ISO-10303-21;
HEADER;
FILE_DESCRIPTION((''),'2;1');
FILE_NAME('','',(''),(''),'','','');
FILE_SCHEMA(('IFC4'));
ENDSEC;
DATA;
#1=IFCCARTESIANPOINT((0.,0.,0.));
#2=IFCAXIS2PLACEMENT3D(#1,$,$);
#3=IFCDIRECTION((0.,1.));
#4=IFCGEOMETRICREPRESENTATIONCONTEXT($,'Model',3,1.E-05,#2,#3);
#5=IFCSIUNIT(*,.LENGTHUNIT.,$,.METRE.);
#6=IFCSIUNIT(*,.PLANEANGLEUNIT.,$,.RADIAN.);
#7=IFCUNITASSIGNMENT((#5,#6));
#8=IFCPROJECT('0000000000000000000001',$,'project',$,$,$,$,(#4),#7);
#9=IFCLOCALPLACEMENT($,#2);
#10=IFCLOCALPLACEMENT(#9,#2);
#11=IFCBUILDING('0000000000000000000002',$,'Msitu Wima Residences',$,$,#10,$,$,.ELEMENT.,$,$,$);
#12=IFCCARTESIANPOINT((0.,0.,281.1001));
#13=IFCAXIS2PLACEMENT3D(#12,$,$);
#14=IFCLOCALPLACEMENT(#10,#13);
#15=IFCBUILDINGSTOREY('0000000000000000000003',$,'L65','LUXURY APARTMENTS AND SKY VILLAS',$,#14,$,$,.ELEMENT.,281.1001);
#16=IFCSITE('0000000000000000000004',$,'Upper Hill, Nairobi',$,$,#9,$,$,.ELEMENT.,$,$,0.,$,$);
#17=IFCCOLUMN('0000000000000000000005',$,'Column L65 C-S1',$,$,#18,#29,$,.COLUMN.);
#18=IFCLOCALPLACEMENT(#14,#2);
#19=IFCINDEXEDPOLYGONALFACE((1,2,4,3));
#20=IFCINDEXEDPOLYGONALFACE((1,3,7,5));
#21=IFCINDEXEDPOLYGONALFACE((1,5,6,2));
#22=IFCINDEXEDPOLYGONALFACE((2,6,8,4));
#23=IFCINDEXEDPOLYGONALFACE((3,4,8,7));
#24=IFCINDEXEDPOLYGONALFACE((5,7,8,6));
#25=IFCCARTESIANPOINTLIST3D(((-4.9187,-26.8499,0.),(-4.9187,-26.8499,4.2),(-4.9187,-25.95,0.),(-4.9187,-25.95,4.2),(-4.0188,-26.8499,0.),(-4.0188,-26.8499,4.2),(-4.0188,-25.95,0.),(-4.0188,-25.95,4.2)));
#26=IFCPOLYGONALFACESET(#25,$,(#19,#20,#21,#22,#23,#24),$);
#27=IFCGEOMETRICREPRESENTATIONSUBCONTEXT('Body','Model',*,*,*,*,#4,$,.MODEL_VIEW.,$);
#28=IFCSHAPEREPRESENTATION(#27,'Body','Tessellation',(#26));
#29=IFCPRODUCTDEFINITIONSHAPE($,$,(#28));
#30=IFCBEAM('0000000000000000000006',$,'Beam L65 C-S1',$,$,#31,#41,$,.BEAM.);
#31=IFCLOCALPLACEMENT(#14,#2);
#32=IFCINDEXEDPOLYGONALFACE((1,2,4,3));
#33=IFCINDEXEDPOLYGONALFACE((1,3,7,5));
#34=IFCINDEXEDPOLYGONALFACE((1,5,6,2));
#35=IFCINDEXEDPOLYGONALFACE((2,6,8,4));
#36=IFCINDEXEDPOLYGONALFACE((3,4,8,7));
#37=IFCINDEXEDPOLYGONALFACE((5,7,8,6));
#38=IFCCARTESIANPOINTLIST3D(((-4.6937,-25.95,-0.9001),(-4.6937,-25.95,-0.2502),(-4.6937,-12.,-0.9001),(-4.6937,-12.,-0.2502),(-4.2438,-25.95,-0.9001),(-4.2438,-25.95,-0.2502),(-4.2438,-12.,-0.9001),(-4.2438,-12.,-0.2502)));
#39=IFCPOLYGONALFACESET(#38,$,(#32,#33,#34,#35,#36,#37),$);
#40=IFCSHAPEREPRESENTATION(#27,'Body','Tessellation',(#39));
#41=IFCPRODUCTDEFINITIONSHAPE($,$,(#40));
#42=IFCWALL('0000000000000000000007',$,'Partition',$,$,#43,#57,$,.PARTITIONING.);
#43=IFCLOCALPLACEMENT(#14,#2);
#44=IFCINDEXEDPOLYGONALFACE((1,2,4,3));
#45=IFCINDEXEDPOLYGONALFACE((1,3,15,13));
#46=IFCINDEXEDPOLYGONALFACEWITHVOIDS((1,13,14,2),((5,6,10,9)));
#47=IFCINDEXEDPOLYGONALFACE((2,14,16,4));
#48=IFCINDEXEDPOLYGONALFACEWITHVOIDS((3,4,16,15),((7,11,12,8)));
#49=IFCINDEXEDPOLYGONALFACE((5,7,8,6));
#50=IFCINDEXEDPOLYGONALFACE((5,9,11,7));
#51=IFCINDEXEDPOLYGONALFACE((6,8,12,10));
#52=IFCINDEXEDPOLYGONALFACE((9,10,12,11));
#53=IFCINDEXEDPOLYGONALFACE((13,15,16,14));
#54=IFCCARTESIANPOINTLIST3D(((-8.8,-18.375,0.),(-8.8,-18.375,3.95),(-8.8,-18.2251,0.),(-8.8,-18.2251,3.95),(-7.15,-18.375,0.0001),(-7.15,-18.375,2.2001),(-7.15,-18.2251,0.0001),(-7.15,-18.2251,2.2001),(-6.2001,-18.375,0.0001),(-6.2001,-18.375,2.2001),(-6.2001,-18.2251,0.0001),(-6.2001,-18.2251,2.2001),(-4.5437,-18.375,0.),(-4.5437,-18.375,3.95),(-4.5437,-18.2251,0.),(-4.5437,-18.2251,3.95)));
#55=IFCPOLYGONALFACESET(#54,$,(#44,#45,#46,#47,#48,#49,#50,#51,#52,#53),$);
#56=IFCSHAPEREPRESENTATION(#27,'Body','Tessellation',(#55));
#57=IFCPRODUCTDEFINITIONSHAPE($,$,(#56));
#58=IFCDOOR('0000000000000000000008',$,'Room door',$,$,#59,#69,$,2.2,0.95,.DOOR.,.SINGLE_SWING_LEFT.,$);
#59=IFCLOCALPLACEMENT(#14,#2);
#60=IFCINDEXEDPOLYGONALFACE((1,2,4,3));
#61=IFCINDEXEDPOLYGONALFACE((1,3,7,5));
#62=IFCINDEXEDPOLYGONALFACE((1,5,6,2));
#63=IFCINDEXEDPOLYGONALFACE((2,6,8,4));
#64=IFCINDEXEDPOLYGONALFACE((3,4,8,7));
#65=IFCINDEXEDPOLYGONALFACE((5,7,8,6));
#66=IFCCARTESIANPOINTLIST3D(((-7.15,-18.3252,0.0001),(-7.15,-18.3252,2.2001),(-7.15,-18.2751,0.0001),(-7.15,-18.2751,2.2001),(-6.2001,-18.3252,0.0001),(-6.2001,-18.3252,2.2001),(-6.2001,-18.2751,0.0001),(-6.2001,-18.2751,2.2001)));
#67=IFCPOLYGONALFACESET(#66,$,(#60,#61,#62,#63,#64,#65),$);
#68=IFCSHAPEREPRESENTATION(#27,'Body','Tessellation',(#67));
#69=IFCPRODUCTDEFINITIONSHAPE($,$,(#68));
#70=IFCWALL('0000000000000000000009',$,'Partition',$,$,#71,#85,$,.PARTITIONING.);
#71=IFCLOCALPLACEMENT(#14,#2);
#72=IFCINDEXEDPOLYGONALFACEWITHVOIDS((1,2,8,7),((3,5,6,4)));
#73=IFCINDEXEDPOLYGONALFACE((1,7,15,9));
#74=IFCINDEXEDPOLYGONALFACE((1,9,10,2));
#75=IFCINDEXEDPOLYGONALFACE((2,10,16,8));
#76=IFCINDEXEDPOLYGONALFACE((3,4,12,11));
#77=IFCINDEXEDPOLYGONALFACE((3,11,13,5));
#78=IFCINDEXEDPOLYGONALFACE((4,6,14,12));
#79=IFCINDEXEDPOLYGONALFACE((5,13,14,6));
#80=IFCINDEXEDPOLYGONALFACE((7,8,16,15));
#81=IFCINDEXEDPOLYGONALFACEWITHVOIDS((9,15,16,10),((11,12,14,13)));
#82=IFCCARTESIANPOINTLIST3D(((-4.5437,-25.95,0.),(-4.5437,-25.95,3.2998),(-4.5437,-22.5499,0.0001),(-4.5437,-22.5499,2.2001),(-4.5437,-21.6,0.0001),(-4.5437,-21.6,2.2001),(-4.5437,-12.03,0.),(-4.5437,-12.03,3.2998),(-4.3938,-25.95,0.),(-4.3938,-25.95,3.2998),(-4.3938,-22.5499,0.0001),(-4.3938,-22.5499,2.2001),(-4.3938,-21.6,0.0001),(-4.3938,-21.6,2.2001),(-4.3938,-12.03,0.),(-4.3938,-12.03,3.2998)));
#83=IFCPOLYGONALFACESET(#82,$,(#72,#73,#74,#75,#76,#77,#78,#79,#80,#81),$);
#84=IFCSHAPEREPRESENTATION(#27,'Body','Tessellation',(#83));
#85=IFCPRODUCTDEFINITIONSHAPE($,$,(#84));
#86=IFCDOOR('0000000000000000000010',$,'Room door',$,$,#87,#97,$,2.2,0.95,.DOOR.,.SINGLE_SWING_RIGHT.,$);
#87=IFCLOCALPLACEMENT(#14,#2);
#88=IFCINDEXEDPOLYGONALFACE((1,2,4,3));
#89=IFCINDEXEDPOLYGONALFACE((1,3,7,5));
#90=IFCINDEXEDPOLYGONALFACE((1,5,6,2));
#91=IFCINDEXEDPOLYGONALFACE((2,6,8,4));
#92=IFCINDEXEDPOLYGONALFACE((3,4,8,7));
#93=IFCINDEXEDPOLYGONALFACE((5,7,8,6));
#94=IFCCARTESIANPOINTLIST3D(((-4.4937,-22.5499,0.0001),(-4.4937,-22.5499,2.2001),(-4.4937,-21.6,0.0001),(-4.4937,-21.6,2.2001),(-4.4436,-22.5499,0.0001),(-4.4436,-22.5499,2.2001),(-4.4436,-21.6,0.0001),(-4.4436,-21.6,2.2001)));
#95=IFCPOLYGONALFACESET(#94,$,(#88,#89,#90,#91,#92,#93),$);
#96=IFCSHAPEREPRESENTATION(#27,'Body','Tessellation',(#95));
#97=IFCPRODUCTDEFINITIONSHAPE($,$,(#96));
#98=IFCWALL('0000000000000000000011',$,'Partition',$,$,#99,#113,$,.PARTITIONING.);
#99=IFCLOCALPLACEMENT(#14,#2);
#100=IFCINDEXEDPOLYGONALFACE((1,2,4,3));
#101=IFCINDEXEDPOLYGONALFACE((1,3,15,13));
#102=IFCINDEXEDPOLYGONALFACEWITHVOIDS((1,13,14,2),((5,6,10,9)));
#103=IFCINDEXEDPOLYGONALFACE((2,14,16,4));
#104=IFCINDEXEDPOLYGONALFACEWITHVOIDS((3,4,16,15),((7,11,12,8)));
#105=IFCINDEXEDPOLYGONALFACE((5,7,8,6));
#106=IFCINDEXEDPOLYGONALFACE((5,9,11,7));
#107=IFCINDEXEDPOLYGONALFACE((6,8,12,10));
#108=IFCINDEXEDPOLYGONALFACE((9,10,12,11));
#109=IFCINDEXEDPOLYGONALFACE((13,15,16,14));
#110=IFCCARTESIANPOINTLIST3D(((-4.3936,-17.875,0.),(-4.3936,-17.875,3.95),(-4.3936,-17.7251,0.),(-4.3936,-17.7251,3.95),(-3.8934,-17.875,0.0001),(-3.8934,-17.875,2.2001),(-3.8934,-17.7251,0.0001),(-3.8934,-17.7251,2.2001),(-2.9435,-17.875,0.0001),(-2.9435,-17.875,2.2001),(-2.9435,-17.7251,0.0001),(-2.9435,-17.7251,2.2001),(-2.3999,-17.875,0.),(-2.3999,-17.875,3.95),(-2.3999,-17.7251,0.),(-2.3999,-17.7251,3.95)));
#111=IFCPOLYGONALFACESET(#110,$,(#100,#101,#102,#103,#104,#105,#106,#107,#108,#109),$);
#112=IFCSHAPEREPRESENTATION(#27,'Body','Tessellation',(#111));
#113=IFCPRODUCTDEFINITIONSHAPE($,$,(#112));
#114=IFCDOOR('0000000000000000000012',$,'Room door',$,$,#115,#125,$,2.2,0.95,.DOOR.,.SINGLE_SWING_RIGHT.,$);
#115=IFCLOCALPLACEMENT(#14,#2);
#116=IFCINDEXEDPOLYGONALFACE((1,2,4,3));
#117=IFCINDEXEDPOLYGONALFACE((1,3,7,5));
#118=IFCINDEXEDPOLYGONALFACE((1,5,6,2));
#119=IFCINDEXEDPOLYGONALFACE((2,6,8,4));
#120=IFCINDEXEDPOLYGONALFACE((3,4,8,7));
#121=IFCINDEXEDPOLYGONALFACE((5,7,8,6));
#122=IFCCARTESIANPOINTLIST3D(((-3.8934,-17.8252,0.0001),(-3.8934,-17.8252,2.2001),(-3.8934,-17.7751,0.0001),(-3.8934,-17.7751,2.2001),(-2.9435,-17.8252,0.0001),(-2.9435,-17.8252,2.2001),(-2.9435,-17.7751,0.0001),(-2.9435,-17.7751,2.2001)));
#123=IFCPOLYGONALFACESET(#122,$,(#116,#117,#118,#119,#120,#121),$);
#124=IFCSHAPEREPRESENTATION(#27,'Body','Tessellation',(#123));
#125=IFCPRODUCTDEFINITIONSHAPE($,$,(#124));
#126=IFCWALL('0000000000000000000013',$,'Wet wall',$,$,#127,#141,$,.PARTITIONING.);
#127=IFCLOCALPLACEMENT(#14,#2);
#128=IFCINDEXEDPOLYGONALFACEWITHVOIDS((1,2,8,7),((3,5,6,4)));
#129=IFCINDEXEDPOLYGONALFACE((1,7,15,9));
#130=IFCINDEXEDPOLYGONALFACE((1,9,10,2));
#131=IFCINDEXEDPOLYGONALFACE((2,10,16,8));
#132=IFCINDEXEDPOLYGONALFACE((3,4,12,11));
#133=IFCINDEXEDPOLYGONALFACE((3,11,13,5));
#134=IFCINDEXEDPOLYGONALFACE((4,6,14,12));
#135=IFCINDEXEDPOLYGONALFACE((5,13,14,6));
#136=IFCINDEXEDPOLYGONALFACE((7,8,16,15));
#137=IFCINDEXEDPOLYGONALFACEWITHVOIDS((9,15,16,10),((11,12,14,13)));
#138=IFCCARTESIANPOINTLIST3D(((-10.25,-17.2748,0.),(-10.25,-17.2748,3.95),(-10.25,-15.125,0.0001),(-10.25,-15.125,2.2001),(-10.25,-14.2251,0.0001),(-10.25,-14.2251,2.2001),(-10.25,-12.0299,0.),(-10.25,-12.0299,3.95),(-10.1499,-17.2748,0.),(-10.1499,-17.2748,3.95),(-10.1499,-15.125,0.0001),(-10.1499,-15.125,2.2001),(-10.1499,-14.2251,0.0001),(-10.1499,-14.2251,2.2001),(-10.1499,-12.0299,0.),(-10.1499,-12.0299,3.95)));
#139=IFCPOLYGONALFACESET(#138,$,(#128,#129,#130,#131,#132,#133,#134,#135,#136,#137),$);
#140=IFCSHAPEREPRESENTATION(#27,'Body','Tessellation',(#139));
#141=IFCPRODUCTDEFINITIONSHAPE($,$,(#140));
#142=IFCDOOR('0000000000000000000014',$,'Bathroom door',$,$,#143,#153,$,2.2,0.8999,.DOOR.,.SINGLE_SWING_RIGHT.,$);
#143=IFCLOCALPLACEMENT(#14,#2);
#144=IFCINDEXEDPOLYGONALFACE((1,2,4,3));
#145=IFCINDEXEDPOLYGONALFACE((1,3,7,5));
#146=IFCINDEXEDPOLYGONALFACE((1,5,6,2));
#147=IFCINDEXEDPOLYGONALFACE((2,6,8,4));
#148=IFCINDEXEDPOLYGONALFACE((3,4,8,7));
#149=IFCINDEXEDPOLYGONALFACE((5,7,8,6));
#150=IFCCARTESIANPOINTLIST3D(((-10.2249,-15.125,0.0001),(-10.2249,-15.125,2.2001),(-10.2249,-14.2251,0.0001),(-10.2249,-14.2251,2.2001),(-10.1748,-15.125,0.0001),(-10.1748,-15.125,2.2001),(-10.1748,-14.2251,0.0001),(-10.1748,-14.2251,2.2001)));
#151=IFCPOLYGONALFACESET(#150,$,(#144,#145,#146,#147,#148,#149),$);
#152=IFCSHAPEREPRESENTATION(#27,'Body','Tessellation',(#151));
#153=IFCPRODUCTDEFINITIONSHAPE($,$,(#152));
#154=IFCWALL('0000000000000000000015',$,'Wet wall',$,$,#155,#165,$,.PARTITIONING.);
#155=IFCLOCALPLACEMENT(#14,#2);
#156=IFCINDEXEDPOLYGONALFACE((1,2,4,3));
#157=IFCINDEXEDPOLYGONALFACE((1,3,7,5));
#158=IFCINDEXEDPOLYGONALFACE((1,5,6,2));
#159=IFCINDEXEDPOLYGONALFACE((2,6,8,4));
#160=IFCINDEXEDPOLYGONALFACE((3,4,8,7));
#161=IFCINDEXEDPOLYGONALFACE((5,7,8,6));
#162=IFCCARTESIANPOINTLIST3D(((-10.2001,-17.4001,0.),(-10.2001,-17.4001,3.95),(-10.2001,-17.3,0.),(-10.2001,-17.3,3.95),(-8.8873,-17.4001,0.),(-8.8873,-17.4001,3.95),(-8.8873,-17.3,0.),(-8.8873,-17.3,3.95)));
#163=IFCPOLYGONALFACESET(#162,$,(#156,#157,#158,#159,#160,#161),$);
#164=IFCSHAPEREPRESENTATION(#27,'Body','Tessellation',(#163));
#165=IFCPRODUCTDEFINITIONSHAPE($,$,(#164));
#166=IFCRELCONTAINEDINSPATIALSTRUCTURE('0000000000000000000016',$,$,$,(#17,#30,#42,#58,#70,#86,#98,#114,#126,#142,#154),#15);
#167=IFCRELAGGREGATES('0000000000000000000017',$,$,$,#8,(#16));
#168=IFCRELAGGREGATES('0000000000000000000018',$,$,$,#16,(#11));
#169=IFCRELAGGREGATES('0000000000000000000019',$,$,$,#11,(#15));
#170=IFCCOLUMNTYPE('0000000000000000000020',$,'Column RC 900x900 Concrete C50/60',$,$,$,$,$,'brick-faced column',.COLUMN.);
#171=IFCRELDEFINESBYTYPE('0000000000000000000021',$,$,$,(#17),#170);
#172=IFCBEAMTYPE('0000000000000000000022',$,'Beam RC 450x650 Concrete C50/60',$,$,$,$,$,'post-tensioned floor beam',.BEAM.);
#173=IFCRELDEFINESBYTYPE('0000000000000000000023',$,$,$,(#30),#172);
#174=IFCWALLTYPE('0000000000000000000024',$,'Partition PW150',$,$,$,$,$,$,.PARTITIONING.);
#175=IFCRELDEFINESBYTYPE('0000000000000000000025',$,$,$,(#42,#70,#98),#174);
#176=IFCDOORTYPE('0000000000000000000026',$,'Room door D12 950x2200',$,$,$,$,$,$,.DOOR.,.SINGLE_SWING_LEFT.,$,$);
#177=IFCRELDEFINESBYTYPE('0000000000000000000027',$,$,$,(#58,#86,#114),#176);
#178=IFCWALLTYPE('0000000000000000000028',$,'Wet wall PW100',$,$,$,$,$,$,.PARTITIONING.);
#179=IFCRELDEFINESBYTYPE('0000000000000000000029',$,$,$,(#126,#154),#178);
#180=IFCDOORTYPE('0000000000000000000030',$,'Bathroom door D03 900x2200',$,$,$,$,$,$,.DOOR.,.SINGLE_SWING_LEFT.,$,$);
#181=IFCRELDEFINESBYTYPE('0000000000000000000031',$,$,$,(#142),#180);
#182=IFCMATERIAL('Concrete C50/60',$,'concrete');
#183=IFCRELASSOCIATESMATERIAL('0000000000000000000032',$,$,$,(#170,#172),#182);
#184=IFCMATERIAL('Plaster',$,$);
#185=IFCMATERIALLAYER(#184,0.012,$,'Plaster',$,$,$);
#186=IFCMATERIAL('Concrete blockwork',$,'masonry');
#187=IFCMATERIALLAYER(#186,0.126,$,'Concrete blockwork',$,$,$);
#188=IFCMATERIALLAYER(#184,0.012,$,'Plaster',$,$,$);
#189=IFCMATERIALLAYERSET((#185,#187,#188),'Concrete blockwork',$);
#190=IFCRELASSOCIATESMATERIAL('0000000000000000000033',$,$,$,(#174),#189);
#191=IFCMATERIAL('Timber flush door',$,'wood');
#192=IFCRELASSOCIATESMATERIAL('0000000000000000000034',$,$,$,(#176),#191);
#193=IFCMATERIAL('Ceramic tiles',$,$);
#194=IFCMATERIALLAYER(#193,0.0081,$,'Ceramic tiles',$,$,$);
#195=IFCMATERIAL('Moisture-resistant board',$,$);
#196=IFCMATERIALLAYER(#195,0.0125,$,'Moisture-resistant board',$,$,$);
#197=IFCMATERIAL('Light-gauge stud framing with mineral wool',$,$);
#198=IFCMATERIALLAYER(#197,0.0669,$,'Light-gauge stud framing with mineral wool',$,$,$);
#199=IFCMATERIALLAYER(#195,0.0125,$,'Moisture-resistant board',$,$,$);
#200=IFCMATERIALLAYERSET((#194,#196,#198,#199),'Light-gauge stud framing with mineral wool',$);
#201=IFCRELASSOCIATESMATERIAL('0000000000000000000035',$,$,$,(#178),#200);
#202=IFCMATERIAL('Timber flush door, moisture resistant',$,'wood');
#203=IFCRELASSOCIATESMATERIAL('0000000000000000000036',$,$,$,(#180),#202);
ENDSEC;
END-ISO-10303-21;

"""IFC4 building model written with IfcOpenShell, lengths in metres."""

from ifc_helpers import new_model, si_unit, direction, frame, frame_2d, origin, origin_2d, place, context, subcontext, project, spatial, rectangle, extrude, material, layer, layer_set, material_profile, profile_set, type_object, element, fill, save


model = new_model("IFC4")

# Units and contexts
model_context = context("Model", 3, precision=1e-05, world=origin(), true_north=direction((0.0, 1.0)))
body_context = subcontext(model_context, "Body", "Model", "MODEL_VIEW")
ifc_project = project(units=[si_unit("LENGTHUNIT", "METRE"), si_unit("PLANEANGLEUNIT", "RADIAN")], contexts=[model_context])

# Site, building, storey
site_placement = place(None, origin())
site = spatial("IfcSite", under=ifc_project, at=site_placement, Name="Upper Hill, Nairobi", CompositionType="ELEMENT", RefElevation=0.0)
building_placement = place(site_placement, origin())
building = spatial("IfcBuilding", under=site, at=building_placement, Name="Msitu Wima Residences", CompositionType="ELEMENT")
storey_placement = place(building_placement, frame((0.0, 0.0, 281.1001)))
storey = spatial("IfcBuildingStorey", under=building, at=storey_placement, Name="L65", Description="LUXURY APARTMENTS AND SKY VILLAS", CompositionType="ELEMENT", Elevation=281.1001)

# Column
ifc_material_1 = material(Name="Concrete C50/60", Category="concrete")
ifc_material_profile_1 = material_profile(ifc_material_1, rectangle(XDim=0.8999, YDim=0.8999, at=origin_2d()), Name="RC 900x900")
ifc_profile_set_1 = profile_set([ifc_material_profile_1], Name="Concrete C50/60")
column_type = type_object("IfcColumnType", Name="Column RC 900x900 Concrete C50/60", ElementType="brick-faced column", PredefinedType="COLUMN", material=ifc_profile_set_1)
column_placement = place(storey_placement, frame((-4.4688, -26.3999, 0.0), z_axis=(0.0, 0.0, 1.0), x_axis=(1.0, 0.0, 0.0)))
element("IfcColumn", 1, at=column_placement, inside=storey, type_object=column_type, Name="Column L65 C-S1", PredefinedType="COLUMN", context=body_context, shape_type="SweptSolid", body=[
    extrude(rectangle(XDim=0.8999, YDim=0.8999, at=origin_2d()), origin(), (0.0, 0.0, 1.0), 4.2),
])

# Beam
ifc_material_profile_2 = material_profile(ifc_material_1, rectangle(XDim=0.45, YDim=0.6499, at=origin_2d()), Name="RC 450x650")
ifc_profile_set_2 = profile_set([ifc_material_profile_2], Name="Concrete C50/60")
beam_type = type_object("IfcBeamType", Name="Beam RC 450x650 Concrete C50/60", ElementType="post-tensioned floor beam", PredefinedType="BEAM", material=ifc_profile_set_2)
beam_placement = place(storey_placement, frame((-4.4688, -25.95, -0.5752), z_axis=(0.0, 1.0, 0.0), x_axis=(-1.0, 0.0, 0.0)))
element("IfcBeam", 2, at=beam_placement, inside=storey, type_object=beam_type, Name="Beam L65 C-S1", PredefinedType="BEAM", context=body_context, shape_type="SweptSolid", body=[
    extrude(rectangle(XDim=0.45, YDim=0.6499, at=origin_2d()), origin(), (0.0, 0.0, 1.0), 13.95),
])

# Walls, openings, doors
ifc_material_2 = material(Name="Plaster")
ifc_layer_1 = layer(ifc_material_2, 0.012, Name="Plaster")
ifc_material_3 = material(Name="Concrete blockwork", Category="masonry")
ifc_layer_2 = layer(ifc_material_3, 0.126, Name="Concrete blockwork")
ifc_layer_3 = layer(ifc_material_2, 0.012, Name="Plaster")
ifc_layer_set_1 = layer_set([ifc_layer_1, ifc_layer_2, ifc_layer_3], Name="Concrete blockwork")
wall_type_1 = type_object("IfcWallType", Name="Partition PW150", PredefinedType="PARTITIONING", material=ifc_layer_set_1)
wall_1_placement = place(storey_placement, frame((-8.8, -18.3, 0.0), z_axis=(0.0, 0.0, 1.0), x_axis=(1.0, 0.0, 0.0)))
wall_1 = element("IfcWall", 3, at=wall_1_placement, inside=storey, type_object=wall_type_1, Name="Partition", PredefinedType="PARTITIONING", context=body_context, shape_type="SweptSolid", body=[
    extrude(rectangle(XDim=4.2563, YDim=0.1499, at=frame_2d((2.1282, 0.0))), origin(), (0.0, 0.0, 1.0), 3.95),
])
opening_1_placement = place(wall_1_placement, frame((1.6499, 0.0, 0.0)))
opening_1 = element("IfcOpeningElement", 4, at=opening_1_placement, cuts=wall_1, PredefinedType="OPENING", context=body_context, shape_type="SweptSolid", body=[
    extrude(rectangle(XDim=0.95, YDim=2.2, at=frame_2d((0.4751, 1.1001))), frame((0.0, 0.085, 0.0), z_axis=(0.0, -1.0, 0.0), x_axis=(1.0, 0.0, 0.0)), (0.0, 0.0, 1.0), 0.1699),
])
ifc_material_4 = material(Name="Timber flush door", Category="wood")
door_type_1 = type_object("IfcDoorType", Name="Room door D12 950x2200", OperationType="SINGLE_SWING_LEFT", PredefinedType="DOOR", material=ifc_material_4)
door_1_placement = place(opening_1_placement, origin())
door_1 = element("IfcDoor", 5, at=door_1_placement, inside=storey, type_object=door_type_1, Name="Room door", OperationType="SINGLE_SWING_LEFT", OverallHeight=2.2, OverallWidth=0.95, PredefinedType="DOOR", context=body_context, shape_type="SweptSolid", body=[
    extrude(rectangle(XDim=0.95, YDim=2.2, at=frame_2d((0.4751, 1.1001))), frame((0.0, 0.0249, 0.0), z_axis=(0.0, -1.0, 0.0), x_axis=(1.0, 0.0, 0.0)), (0.0, 0.0, 1.0), 0.05),
])
fill(opening_1, door_1)
wall_2_placement = place(storey_placement, frame((-4.4688, -25.95, 0.0), z_axis=(0.0, 0.0, 1.0), x_axis=(0.0, 1.0, 0.0)))
wall_2 = element("IfcWall", 6, at=wall_2_placement, inside=storey, type_object=wall_type_1, Name="Partition", PredefinedType="PARTITIONING", context=body_context, shape_type="SweptSolid", body=[
    extrude(rectangle(XDim=13.9199, YDim=0.1499, at=frame_2d((6.96, 0.0))), origin(), (0.0, 0.0, 1.0), 3.2998),
])
opening_2_placement = place(wall_2_placement, frame((3.3999, 0.0, 0.0)))
opening_2 = element("IfcOpeningElement", 7, at=opening_2_placement, cuts=wall_2, PredefinedType="OPENING", context=body_context, shape_type="SweptSolid", body=[
    extrude(rectangle(XDim=0.95, YDim=2.2, at=frame_2d((0.4751, 1.1001))), frame((0.0, 0.085, 0.0), z_axis=(0.0, -1.0, 0.0), x_axis=(1.0, 0.0, 0.0)), (0.0, 0.0, 1.0), 0.1699),
])
door_2_placement = place(opening_2_placement, origin())
door_2 = element("IfcDoor", 8, at=door_2_placement, inside=storey, type_object=door_type_1, Name="Room door", OperationType="SINGLE_SWING_RIGHT", OverallHeight=2.2, OverallWidth=0.95, PredefinedType="DOOR", context=body_context, shape_type="SweptSolid", body=[
    extrude(rectangle(XDim=0.95, YDim=2.2, at=frame_2d((0.4751, 1.1001))), frame((0.0, 0.0249, 0.0), z_axis=(0.0, -1.0, 0.0), x_axis=(1.0, 0.0, 0.0)), (0.0, 0.0, 1.0), 0.05),
])
fill(opening_2, door_2)
wall_3_placement = place(storey_placement, frame((-4.3936, -17.8, 0.0), z_axis=(0.0, 0.0, 1.0), x_axis=(1.0, 0.0, 0.0)))
wall_3 = element("IfcWall", 9, at=wall_3_placement, inside=storey, type_object=wall_type_1, Name="Partition", PredefinedType="PARTITIONING", context=body_context, shape_type="SweptSolid", body=[
    extrude(rectangle(XDim=1.9937, YDim=0.1499, at=frame_2d((0.9968, 0.0))), origin(), (0.0, 0.0, 1.0), 3.95),
])
opening_3_placement = place(wall_3_placement, frame((0.5, 0.0, 0.0)))
opening_3 = element("IfcOpeningElement", 10, at=opening_3_placement, cuts=wall_3, PredefinedType="OPENING", context=body_context, shape_type="SweptSolid", body=[
    extrude(rectangle(XDim=0.95, YDim=2.2, at=frame_2d((0.4751, 1.1001))), frame((0.0, 0.085, 0.0), z_axis=(0.0, -1.0, 0.0), x_axis=(1.0, 0.0, 0.0)), (0.0, 0.0, 1.0), 0.1699),
])
door_3_placement = place(opening_3_placement, origin())
door_3 = element("IfcDoor", 11, at=door_3_placement, inside=storey, type_object=door_type_1, Name="Room door", OperationType="SINGLE_SWING_RIGHT", OverallHeight=2.2, OverallWidth=0.95, PredefinedType="DOOR", context=body_context, shape_type="SweptSolid", body=[
    extrude(rectangle(XDim=0.95, YDim=2.2, at=frame_2d((0.4751, 1.1001))), frame((0.0, 0.0249, 0.0), z_axis=(0.0, -1.0, 0.0), x_axis=(1.0, 0.0, 0.0)), (0.0, 0.0, 1.0), 0.05),
])
fill(opening_3, door_3)
ifc_material_5 = material(Name="Ceramic tiles")
ifc_layer_4 = layer(ifc_material_5, 0.0081, Name="Ceramic tiles")
ifc_material_6 = material(Name="Moisture-resistant board")
ifc_layer_5 = layer(ifc_material_6, 0.0125, Name="Moisture-resistant board")
ifc_material_7 = material(Name="Light-gauge stud framing with mineral wool")
ifc_layer_6 = layer(ifc_material_7, 0.0669, Name="Light-gauge stud framing with mineral wool")
ifc_layer_7 = layer(ifc_material_6, 0.0125, Name="Moisture-resistant board")
ifc_layer_set_2 = layer_set([ifc_layer_4, ifc_layer_5, ifc_layer_6, ifc_layer_7], Name="Light-gauge stud framing with mineral wool")
wall_type_2 = type_object("IfcWallType", Name="Wet wall PW100", PredefinedType="PARTITIONING", material=ifc_layer_set_2)
wall_4_placement = place(storey_placement, frame((-10.2, -17.2749, 0.0), z_axis=(0.0, 0.0, 1.0), x_axis=(0.0, 1.0, 0.0)))
wall_4 = element("IfcWall", 12, at=wall_4_placement, inside=storey, type_object=wall_type_2, Name="Wet wall", PredefinedType="PARTITIONING", context=body_context, shape_type="SweptSolid", body=[
    extrude(rectangle(XDim=5.2449, YDim=0.1001, at=frame_2d((2.6226, 0.0))), origin(), (0.0, 0.0, 1.0), 3.95),
])
opening_4_placement = place(wall_4_placement, frame((2.1499, 0.0, 0.0)))
opening_4 = element("IfcOpeningElement", 13, at=opening_4_placement, cuts=wall_4, PredefinedType="OPENING", context=body_context, shape_type="SweptSolid", body=[
    extrude(rectangle(XDim=0.8999, YDim=2.2, at=frame_2d((0.45, 1.1001))), frame((0.0, 0.0601, 0.0), z_axis=(0.0, -1.0, 0.0), x_axis=(1.0, 0.0, 0.0)), (0.0, 0.0, 1.0), 0.1201),
])
ifc_material_8 = material(Name="Timber flush door, moisture resistant", Category="wood")
door_type_2 = type_object("IfcDoorType", Name="Bathroom door D03 900x2200", OperationType="SINGLE_SWING_LEFT", PredefinedType="DOOR", material=ifc_material_8)
door_4_placement = place(opening_4_placement, origin())
door_4 = element("IfcDoor", 14, at=door_4_placement, inside=storey, type_object=door_type_2, Name="Bathroom door", OperationType="SINGLE_SWING_RIGHT", OverallHeight=2.2, OverallWidth=0.8999, PredefinedType="DOOR", context=body_context, shape_type="SweptSolid", body=[
    extrude(rectangle(XDim=0.8999, YDim=2.2, at=frame_2d((0.45, 1.1001))), frame((0.0, 0.0249, 0.0), z_axis=(0.0, -1.0, 0.0), x_axis=(1.0, 0.0, 0.0)), (0.0, 0.0, 1.0), 0.05),
])
fill(opening_4, door_4)

# Wall
wall_5_placement = place(storey_placement, frame((-10.2, -17.3501, 0.0), z_axis=(0.0, 0.0, 1.0), x_axis=(1.0, 0.0, 0.0)))
element("IfcWall", 15, at=wall_5_placement, inside=storey, type_object=wall_type_2, Name="Wet wall", PredefinedType="PARTITIONING", context=body_context, shape_type="SweptSolid", body=[
    extrude(rectangle(XDim=1.3127, YDim=0.1001, at=frame_2d((0.6562, 0.0))), origin(), (0.0, 0.0, 1.0), 3.95),
])

save(model, "model.ifc")
